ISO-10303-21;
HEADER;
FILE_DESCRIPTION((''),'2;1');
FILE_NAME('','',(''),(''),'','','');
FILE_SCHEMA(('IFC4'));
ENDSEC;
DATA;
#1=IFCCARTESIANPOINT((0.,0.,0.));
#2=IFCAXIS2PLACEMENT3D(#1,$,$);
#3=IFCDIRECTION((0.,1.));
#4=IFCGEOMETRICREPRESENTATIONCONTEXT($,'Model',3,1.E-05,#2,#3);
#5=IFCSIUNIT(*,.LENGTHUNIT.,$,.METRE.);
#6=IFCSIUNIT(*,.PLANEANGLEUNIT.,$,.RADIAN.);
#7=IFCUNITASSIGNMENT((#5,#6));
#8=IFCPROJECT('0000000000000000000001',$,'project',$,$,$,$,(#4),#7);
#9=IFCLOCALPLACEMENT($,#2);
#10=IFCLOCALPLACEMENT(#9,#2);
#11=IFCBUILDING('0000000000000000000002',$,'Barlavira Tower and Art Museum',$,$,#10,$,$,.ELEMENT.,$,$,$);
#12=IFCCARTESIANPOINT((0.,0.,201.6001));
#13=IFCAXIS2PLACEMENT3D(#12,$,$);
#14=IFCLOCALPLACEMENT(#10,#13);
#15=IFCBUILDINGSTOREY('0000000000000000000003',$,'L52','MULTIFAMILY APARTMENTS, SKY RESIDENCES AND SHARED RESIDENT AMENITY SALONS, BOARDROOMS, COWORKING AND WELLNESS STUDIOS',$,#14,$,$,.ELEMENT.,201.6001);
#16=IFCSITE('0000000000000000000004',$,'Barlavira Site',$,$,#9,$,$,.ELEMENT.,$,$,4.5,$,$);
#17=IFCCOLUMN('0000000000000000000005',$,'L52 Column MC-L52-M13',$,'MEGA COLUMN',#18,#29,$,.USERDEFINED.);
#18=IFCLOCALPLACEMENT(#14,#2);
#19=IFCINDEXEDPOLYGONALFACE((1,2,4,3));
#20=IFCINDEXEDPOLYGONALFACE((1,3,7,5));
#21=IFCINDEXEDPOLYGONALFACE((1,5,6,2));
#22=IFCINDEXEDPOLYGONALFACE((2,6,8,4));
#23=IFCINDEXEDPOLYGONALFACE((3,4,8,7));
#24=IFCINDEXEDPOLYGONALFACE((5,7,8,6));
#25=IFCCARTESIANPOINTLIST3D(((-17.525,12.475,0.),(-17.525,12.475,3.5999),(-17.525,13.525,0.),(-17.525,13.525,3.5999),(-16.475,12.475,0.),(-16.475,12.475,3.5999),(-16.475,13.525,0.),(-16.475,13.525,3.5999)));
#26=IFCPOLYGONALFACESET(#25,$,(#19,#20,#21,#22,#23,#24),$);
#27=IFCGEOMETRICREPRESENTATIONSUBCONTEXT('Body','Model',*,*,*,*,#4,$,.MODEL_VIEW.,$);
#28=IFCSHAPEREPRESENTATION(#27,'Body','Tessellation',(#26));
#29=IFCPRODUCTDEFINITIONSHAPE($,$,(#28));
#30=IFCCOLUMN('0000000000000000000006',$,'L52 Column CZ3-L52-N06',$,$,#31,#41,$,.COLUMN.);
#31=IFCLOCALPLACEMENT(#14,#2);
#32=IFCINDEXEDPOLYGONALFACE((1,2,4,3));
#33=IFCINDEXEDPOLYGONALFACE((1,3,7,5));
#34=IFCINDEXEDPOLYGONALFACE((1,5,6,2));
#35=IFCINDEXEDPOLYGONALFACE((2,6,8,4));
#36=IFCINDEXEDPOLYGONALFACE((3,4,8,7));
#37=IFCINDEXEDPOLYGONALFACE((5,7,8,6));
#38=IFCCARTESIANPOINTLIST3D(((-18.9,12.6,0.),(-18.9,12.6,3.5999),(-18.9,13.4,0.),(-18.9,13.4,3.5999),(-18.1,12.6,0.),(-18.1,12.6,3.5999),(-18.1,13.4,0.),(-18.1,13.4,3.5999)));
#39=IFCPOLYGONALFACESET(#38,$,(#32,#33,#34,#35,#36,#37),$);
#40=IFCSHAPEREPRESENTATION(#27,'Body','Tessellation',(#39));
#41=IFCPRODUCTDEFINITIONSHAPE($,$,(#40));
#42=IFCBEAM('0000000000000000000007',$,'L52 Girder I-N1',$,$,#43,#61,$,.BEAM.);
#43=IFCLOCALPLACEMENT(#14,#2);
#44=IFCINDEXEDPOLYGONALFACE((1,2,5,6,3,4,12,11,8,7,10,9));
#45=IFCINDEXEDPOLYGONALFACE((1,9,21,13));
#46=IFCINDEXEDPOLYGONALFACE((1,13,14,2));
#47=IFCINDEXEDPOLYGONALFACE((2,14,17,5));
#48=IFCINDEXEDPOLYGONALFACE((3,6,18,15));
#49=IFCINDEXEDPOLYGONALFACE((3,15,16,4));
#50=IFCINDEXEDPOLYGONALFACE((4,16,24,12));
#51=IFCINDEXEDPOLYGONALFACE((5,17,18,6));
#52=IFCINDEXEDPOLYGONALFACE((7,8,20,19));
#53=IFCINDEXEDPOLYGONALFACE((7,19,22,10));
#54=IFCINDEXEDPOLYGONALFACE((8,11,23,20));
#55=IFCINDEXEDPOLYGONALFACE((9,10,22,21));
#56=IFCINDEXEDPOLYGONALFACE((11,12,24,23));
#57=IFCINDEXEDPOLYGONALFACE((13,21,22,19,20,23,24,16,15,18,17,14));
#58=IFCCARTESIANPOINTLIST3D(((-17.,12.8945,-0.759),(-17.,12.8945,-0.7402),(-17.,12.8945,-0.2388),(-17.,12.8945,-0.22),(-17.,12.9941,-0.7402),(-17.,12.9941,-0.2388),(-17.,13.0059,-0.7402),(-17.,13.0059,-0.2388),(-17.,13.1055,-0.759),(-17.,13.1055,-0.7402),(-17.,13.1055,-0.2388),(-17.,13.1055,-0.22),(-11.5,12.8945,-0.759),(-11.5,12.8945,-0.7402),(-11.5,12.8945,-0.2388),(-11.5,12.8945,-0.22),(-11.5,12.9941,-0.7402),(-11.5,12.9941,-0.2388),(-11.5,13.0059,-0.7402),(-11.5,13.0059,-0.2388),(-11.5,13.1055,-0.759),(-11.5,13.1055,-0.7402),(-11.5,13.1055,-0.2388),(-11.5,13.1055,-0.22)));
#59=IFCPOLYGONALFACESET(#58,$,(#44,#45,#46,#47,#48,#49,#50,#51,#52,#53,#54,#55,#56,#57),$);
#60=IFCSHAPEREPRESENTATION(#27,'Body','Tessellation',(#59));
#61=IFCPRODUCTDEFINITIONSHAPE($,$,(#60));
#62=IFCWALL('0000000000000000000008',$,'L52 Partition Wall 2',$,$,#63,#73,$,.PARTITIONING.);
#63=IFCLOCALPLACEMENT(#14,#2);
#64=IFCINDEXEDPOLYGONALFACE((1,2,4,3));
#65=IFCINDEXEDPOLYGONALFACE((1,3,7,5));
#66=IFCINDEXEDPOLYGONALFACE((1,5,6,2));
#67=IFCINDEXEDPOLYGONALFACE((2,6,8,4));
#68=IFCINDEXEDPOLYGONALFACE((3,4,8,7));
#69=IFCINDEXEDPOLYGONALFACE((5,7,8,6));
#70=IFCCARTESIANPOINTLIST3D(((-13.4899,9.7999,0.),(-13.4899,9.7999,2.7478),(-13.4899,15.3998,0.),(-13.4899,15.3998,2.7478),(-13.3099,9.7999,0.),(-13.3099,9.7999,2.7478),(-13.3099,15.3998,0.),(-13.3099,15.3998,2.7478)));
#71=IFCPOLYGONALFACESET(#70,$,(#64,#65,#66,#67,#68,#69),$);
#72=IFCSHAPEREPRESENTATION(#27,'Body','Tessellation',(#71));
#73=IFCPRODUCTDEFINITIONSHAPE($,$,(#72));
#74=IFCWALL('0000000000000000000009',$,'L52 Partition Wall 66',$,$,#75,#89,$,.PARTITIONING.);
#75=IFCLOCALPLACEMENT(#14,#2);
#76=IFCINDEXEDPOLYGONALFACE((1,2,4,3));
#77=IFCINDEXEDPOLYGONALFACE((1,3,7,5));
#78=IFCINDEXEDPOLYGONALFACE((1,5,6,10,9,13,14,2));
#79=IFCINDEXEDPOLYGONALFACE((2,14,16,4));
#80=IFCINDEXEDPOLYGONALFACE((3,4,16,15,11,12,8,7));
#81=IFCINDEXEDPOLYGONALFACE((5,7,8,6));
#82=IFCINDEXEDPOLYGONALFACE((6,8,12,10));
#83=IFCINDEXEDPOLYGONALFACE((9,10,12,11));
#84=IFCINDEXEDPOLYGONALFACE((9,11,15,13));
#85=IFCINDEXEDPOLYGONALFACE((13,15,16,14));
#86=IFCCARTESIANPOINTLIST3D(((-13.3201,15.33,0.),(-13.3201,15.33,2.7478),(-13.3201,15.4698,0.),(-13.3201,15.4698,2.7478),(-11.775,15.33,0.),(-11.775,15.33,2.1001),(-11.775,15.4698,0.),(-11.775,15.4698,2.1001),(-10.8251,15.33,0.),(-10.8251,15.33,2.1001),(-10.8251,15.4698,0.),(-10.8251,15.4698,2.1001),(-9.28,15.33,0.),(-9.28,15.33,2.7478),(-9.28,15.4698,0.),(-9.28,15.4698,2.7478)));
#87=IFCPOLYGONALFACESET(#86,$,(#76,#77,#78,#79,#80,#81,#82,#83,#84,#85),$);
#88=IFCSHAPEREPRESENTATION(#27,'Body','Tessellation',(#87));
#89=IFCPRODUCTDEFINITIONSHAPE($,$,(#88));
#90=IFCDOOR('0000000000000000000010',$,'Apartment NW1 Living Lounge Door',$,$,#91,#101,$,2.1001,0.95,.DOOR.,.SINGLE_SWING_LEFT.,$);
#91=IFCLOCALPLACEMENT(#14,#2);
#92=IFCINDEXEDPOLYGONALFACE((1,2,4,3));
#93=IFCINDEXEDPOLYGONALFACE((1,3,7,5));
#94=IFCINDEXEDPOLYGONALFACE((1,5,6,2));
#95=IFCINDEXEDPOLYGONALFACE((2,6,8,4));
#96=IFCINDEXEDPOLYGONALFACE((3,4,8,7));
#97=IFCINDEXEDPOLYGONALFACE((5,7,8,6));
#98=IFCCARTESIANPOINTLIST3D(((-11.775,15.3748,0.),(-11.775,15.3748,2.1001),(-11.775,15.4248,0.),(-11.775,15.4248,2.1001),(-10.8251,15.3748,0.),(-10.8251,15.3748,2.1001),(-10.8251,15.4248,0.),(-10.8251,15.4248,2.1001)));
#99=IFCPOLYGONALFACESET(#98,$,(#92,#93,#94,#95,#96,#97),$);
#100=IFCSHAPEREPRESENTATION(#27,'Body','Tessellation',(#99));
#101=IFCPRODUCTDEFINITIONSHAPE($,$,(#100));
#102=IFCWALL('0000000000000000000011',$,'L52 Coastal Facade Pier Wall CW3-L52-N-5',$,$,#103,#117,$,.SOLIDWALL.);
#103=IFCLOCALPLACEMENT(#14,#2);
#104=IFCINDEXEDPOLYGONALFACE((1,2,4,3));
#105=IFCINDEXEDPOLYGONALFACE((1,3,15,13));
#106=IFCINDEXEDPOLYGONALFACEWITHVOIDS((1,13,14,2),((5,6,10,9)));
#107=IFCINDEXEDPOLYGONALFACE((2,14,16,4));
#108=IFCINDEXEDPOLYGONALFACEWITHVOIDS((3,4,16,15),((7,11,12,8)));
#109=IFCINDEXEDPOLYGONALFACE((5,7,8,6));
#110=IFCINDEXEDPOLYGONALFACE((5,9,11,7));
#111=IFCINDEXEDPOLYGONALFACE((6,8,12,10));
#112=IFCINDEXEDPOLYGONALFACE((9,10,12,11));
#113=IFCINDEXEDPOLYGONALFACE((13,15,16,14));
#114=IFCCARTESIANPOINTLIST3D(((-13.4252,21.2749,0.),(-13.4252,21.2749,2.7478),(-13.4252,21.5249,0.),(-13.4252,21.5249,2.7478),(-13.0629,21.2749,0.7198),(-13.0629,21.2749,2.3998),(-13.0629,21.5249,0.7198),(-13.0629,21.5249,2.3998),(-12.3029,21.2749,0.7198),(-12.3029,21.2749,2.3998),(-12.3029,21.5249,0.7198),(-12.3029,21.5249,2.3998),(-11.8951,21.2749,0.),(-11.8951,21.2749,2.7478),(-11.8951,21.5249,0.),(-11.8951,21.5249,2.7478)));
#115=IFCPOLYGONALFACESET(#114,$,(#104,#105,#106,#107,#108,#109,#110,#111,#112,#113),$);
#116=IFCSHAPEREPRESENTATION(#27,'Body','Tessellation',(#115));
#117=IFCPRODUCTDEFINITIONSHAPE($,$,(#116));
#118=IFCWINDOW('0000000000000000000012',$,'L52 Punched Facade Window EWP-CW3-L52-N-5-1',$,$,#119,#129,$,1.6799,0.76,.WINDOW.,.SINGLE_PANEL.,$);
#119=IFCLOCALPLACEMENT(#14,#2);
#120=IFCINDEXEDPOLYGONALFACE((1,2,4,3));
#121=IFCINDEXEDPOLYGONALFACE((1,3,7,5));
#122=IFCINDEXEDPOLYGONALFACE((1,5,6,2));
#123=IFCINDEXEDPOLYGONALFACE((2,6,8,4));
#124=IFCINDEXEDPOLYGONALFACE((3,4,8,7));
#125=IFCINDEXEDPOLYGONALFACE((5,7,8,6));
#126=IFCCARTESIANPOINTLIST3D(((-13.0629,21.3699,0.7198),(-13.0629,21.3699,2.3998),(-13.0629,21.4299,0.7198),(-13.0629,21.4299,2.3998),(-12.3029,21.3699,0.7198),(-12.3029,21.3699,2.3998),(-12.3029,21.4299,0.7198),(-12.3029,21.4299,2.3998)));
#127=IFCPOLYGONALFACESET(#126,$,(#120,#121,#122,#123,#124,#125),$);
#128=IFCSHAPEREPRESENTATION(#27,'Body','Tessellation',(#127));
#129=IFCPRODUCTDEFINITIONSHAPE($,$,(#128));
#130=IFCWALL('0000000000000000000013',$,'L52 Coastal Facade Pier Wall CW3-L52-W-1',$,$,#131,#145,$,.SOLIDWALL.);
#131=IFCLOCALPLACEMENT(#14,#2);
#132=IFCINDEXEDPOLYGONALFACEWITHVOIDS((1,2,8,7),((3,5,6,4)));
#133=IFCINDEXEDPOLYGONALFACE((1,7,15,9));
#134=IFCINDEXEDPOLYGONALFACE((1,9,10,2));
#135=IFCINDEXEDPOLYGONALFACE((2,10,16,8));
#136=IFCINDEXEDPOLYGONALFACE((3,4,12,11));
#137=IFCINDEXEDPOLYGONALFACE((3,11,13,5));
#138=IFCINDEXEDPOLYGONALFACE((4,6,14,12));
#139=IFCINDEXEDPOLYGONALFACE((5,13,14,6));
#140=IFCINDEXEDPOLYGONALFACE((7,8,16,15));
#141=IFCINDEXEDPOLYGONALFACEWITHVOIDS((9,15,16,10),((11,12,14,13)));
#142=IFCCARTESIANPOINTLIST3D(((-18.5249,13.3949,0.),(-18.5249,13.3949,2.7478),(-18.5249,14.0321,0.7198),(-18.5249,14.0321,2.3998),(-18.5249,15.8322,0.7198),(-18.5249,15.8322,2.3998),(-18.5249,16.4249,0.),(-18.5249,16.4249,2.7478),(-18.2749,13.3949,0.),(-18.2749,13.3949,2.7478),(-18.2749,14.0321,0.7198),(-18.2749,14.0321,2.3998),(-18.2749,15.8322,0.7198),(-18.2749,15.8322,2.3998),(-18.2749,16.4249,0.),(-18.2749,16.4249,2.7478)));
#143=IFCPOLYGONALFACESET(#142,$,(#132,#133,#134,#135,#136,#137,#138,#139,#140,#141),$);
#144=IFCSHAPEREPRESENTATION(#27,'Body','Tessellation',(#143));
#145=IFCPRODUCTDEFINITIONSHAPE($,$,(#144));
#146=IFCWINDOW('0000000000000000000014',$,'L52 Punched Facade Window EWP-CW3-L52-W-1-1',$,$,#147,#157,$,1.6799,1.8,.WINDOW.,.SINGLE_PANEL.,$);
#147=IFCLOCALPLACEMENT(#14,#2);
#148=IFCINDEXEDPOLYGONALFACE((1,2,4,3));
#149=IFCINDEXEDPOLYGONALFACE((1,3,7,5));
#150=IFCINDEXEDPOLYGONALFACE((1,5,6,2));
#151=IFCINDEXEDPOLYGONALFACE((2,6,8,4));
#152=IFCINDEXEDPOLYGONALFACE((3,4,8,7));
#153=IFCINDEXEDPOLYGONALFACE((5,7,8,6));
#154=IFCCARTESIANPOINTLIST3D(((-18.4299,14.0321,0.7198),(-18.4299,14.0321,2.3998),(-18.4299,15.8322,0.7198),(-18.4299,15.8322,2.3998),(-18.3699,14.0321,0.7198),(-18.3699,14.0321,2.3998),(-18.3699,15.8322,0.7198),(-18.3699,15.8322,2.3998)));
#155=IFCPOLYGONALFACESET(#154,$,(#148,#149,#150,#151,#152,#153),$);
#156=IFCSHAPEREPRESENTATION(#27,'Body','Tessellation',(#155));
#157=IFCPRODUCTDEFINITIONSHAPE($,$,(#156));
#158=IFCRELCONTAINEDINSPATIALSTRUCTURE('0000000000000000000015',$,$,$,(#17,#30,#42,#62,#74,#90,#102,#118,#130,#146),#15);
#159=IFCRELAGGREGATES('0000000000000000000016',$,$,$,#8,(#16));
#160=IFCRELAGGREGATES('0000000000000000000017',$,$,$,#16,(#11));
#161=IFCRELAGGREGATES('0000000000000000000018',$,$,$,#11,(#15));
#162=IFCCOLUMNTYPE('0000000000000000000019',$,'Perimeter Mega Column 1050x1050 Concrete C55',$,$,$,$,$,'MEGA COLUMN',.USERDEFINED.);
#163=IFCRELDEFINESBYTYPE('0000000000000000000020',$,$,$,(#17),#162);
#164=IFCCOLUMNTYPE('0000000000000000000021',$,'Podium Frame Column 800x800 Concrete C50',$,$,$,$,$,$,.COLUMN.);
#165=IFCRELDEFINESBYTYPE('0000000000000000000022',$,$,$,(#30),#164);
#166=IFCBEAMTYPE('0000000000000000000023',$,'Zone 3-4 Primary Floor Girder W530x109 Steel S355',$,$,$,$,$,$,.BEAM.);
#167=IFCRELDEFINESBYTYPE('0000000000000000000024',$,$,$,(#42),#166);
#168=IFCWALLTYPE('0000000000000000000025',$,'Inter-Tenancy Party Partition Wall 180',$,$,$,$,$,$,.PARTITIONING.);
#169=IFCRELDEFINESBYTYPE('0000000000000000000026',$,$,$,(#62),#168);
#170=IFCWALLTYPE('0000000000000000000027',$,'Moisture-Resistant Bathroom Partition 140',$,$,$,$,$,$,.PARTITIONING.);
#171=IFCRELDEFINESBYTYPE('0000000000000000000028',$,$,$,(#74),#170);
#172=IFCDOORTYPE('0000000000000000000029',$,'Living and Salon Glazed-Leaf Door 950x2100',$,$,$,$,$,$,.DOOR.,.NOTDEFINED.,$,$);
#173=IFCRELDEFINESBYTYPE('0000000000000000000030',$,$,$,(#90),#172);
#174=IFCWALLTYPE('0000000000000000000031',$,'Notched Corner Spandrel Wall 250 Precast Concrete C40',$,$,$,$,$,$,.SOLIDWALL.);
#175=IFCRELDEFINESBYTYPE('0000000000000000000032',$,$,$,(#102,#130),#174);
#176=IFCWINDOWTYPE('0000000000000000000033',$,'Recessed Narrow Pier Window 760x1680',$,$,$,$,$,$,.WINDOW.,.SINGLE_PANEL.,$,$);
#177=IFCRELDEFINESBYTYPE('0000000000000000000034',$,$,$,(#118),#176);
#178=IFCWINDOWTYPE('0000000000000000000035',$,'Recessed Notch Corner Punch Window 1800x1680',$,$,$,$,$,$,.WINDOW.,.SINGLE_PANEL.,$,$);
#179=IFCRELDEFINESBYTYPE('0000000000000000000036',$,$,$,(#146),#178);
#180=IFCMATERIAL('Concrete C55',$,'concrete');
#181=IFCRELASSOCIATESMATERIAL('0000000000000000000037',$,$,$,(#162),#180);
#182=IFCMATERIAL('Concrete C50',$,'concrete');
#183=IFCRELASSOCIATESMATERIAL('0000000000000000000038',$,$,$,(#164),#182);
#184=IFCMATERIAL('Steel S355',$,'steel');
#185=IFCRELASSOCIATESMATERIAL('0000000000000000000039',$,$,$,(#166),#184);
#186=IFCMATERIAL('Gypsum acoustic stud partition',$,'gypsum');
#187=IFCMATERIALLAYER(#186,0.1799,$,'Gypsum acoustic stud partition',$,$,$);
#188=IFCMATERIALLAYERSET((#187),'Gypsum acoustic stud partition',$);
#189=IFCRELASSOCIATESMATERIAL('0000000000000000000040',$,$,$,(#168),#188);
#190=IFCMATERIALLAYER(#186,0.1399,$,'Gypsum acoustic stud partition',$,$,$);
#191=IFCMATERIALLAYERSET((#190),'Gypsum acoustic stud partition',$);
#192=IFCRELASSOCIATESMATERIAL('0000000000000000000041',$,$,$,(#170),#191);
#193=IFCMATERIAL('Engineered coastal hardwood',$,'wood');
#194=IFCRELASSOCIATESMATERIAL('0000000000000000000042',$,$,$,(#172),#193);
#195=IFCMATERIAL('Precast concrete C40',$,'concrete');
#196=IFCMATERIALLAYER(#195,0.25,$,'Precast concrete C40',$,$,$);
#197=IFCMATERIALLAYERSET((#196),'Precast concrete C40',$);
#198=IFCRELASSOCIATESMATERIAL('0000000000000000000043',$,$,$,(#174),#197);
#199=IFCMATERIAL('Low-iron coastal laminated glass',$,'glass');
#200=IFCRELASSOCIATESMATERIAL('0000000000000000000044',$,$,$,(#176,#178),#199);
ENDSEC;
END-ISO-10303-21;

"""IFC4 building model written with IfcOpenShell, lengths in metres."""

from ifc_helpers import new_model, si_unit, direction, frame, frame_2d, origin, origin_2d, place, context, subcontext, project, spatial, rectangle, i_section, extrude, material, layer, layer_set, material_profile, profile_set, type_object, element, fill, save


model = new_model("IFC4")

# Units and contexts
model_context = context("Model", 3, precision=1e-05, world=origin(), true_north=direction((0.0, 1.0)))
body_context = subcontext(model_context, "Body", "Model", "MODEL_VIEW")
ifc_project = project(units=[si_unit("LENGTHUNIT", "METRE"), si_unit("PLANEANGLEUNIT", "RADIAN")], contexts=[model_context])

# Site, building, storey
site_placement = place(None, origin())
site = spatial("IfcSite", under=ifc_project, at=site_placement, Name="Barlavira Site", CompositionType="ELEMENT", RefElevation=4.5)
building_placement = place(site_placement, origin())
building = spatial("IfcBuilding", under=site, at=building_placement, Name="Barlavira Tower and Art Museum", CompositionType="ELEMENT")
storey_placement = place(building_placement, frame((0.0, 0.0, 201.6001)))
storey = spatial("IfcBuildingStorey", under=building, at=storey_placement, Name="L52", Description="MULTIFAMILY APARTMENTS, SKY RESIDENCES AND SHARED RESIDENT AMENITY SALONS, BOARDROOMS, COWORKING AND WELLNESS STUDIOS", CompositionType="ELEMENT", Elevation=201.6001)

# Columns
ifc_material_1 = material(Name="Concrete C55", Category="concrete")
ifc_material_profile_1 = material_profile(ifc_material_1, rectangle(XDim=1.05, YDim=1.05, at=origin_2d()), Name="RC-COL 1050x1050")
ifc_profile_set_1 = profile_set([ifc_material_profile_1], Name="Concrete C55")
column_type_1 = type_object("IfcColumnType", Name="Perimeter Mega Column 1050x1050 Concrete C55", ElementType="MEGA COLUMN", PredefinedType="USERDEFINED", material=ifc_profile_set_1)
column_1_placement = place(storey_placement, frame((-17.0, 13.0, 0.0), z_axis=(0.0, 0.0, 1.0), x_axis=(1.0, 0.0, 0.0)))
element("IfcColumn", 1, at=column_1_placement, inside=storey, type_object=column_type_1, Name="L52 Column MC-L52-M13", ObjectType="MEGA COLUMN", PredefinedType="USERDEFINED", context=body_context, shape_type="SweptSolid", body=[
    extrude(rectangle(XDim=1.05, YDim=1.05, at=origin_2d()), origin(), (0.0, 0.0, 1.0), 3.5999),
])
ifc_material_2 = material(Name="Concrete C50", Category="concrete")
ifc_material_profile_2 = material_profile(ifc_material_2, rectangle(XDim=0.8, YDim=0.8, at=origin_2d()), Name="RC-COL 800x800")
ifc_profile_set_2 = profile_set([ifc_material_profile_2], Name="Concrete C50")
column_type_2 = type_object("IfcColumnType", Name="Podium Frame Column 800x800 Concrete C50", PredefinedType="COLUMN", material=ifc_profile_set_2)
column_2_placement = place(storey_placement, frame((-18.5, 13.0, 0.0), z_axis=(0.0, 0.0, 1.0), x_axis=(1.0, 0.0, 0.0)))
element("IfcColumn", 2, at=column_2_placement, inside=storey, type_object=column_type_2, Name="L52 Column CZ3-L52-N06", PredefinedType="COLUMN", context=body_context, shape_type="SweptSolid", body=[
    extrude(rectangle(XDim=0.8, YDim=0.8, at=origin_2d()), origin(), (0.0, 0.0, 1.0), 3.5999),
])

# Beam
ifc_material_3 = material(Name="Steel S355", Category="steel")
ifc_material_profile_3 = material_profile(ifc_material_3, i_section(OverallWidth=0.2109, OverallDepth=0.5391, WebThickness=0.0117, FlangeThickness=0.0188, at=origin_2d()), Name="W530x109.0")
ifc_profile_set_3 = profile_set([ifc_material_profile_3], Name="Steel S355")
beam_type = type_object("IfcBeamType", Name="Zone 3-4 Primary Floor Girder W530x109 Steel S355", PredefinedType="BEAM", material=ifc_profile_set_3)
beam_placement = place(storey_placement, frame((-17.0, 13.0, -0.4895), z_axis=(1.0, 0.0, 0.0), x_axis=(0.0, 1.0, 0.0)))
element("IfcBeam", 3, at=beam_placement, inside=storey, type_object=beam_type, Name="L52 Girder I-N1", PredefinedType="BEAM", context=body_context, shape_type="SweptSolid", body=[
    extrude(i_section(OverallWidth=0.2109, OverallDepth=0.5391, WebThickness=0.0117, FlangeThickness=0.0188, at=origin_2d()), origin(), (0.0, 0.0, 1.0), 5.5),
])

# Wall
ifc_material_4 = material(Name="Gypsum acoustic stud partition", Category="gypsum")
ifc_layer_1 = layer(ifc_material_4, 0.1799, Name="Gypsum acoustic stud partition")
ifc_layer_set_1 = layer_set([ifc_layer_1], Name="Gypsum acoustic stud partition")
wall_type_1 = type_object("IfcWallType", Name="Inter-Tenancy Party Partition Wall 180", PredefinedType="PARTITIONING", material=ifc_layer_set_1)
wall_1_placement = place(storey_placement, frame((-13.3999, 9.8, 0.0), z_axis=(0.0, 0.0, 1.0), x_axis=(0.0, 1.0, 0.0)))
element("IfcWall", 4, at=wall_1_placement, inside=storey, type_object=wall_type_1, Name="L52 Partition Wall 2", PredefinedType="PARTITIONING", context=body_context, shape_type="SweptSolid", body=[
    extrude(rectangle(XDim=5.5999, YDim=0.1799, at=frame_2d((2.7998, 0.0))), origin(), (0.0, 0.0, 1.0), 2.7478),
])

# Wall, opening, door
ifc_layer_2 = layer(ifc_material_4, 0.1399, Name="Gypsum acoustic stud partition")
ifc_layer_set_2 = layer_set([ifc_layer_2], Name="Gypsum acoustic stud partition")
wall_type_2 = type_object("IfcWallType", Name="Moisture-Resistant Bathroom Partition 140", PredefinedType="PARTITIONING", material=ifc_layer_set_2)
wall_2_placement = place(storey_placement, frame((-13.3201, 15.3999, 0.0), z_axis=(0.0, 0.0, 1.0), x_axis=(1.0, 0.0, 0.0)))
wall_2 = element("IfcWall", 5, at=wall_2_placement, inside=storey, type_object=wall_type_2, Name="L52 Partition Wall 66", PredefinedType="PARTITIONING", context=body_context, shape_type="SweptSolid", body=[
    extrude(rectangle(XDim=4.04, YDim=0.1399, at=frame_2d((2.02, 0.0))), origin(), (0.0, 0.0, 1.0), 2.7478),
])
opening_1_placement = place(wall_2_placement, frame((1.5449, 0.0, 0.0)))
opening_1 = element("IfcOpeningElement", 6, at=opening_1_placement, cuts=wall_2, PredefinedType="OPENING", context=body_context, shape_type="SweptSolid", body=[
    extrude(rectangle(XDim=0.95, YDim=2.1001, at=frame_2d((0.4751, 1.05))), frame((0.0, 0.0801, 0.0), z_axis=(0.0, -1.0, 0.0), x_axis=(1.0, 0.0, 0.0)), (0.0, 0.0, 1.0), 0.1599),
])
ifc_material_5 = material(Name="Engineered coastal hardwood", Category="wood")
door_type_1 = type_object("IfcDoorType", Name="Living and Salon Glazed-Leaf Door 950x2100", OperationType="NOTDEFINED", PredefinedType="DOOR", material=ifc_material_5)
door_1_placement = place(opening_1_placement, origin())
door_1 = element("IfcDoor", 7, at=door_1_placement, inside=storey, type_object=door_type_1, Name="Apartment NW1 Living Lounge Door", OperationType="SINGLE_SWING_LEFT", OverallHeight=2.1001, OverallWidth=0.95, PredefinedType="DOOR", context=body_context, shape_type="SweptSolid", body=[
    extrude(rectangle(XDim=0.95, YDim=2.1001, at=frame_2d((0.4751, 1.05))), frame((0.0, 0.0249, 0.0), z_axis=(0.0, -1.0, 0.0), x_axis=(1.0, 0.0, 0.0)), (0.0, 0.0, 1.0), 0.05),
])
fill(opening_1, door_1)

# Walls, openings, windows
ifc_material_6 = material(Name="Precast concrete C40", Category="concrete")
ifc_layer_3 = layer(ifc_material_6, 0.25, Name="Precast concrete C40")
ifc_layer_set_3 = layer_set([ifc_layer_3], Name="Precast concrete C40")
wall_type_3 = type_object("IfcWallType", Name="Notched Corner Spandrel Wall 250 Precast Concrete C40", PredefinedType="SOLIDWALL", material=ifc_layer_set_3)
wall_3_placement = place(storey_placement, frame((-11.895, 21.3999, 0.0), z_axis=(0.0, 0.0, 1.0), x_axis=(-1.0, 0.0, 0.0)))
wall_3 = element("IfcWall", 8, at=wall_3_placement, inside=storey, type_object=wall_type_3, Name="L52 Coastal Facade Pier Wall CW3-L52-N-5", PredefinedType="SOLIDWALL", context=body_context, shape_type="SweptSolid", body=[
    extrude(rectangle(XDim=1.53, YDim=0.25, at=frame_2d((0.7651, 0.0))), origin(), (0.0, 0.0, 1.0), 2.7478),
])
opening_2_placement = place(wall_3_placement, frame((0.408, 0.0, 0.72)))
opening_2 = element("IfcOpeningElement", 9, at=opening_2_placement, cuts=wall_3, PredefinedType="OPENING", context=body_context, shape_type="SweptSolid", body=[
    extrude(rectangle(XDim=0.76, YDim=1.6799, at=frame_2d((0.3799, 0.8398))), frame((0.0, 0.135, 0.0), z_axis=(0.0, -1.0, 0.0), x_axis=(1.0, 0.0, 0.0)), (0.0, 0.0, 1.0), 0.27),
])
ifc_material_7 = material(Name="Low-iron coastal laminated glass", Category="glass")
window_type_1 = type_object("IfcWindowType", Name="Recessed Narrow Pier Window 760x1680", PartitioningType="SINGLE_PANEL", PredefinedType="WINDOW", material=ifc_material_7)
window_1_placement = place(opening_2_placement, origin())
window_1 = element("IfcWindow", 10, at=window_1_placement, inside=storey, type_object=window_type_1, Name="L52 Punched Facade Window EWP-CW3-L52-N-5-1", OverallHeight=1.6799, OverallWidth=0.76, PartitioningType="SINGLE_PANEL", PredefinedType="WINDOW", context=body_context, shape_type="SweptSolid", body=[
    extrude(rectangle(XDim=0.76, YDim=1.6799, at=frame_2d((0.3799, 0.8398))), frame((0.0, 0.03, 0.0), z_axis=(0.0, -1.0, 0.0), x_axis=(1.0, 0.0, 0.0)), (0.0, 0.0, 1.0), 0.0601),
])
fill(opening_2, window_1)
wall_4_placement = place(storey_placement, frame((-18.3999, 16.425, 0.0), z_axis=(0.0, 0.0, 1.0), x_axis=(0.0, -1.0, 0.0)))
wall_4 = element("IfcWall", 11, at=wall_4_placement, inside=storey, type_object=wall_type_3, Name="L52 Coastal Facade Pier Wall CW3-L52-W-1", PredefinedType="SOLIDWALL", context=body_context, shape_type="SweptSolid", body=[
    extrude(rectangle(XDim=3.03, YDim=0.25, at=frame_2d((1.5151, 0.0))), origin(), (0.0, 0.0, 1.0), 2.7478),
])
opening_3_placement = place(wall_4_placement, frame((0.593, 0.0, 0.72)))
opening_3 = element("IfcOpeningElement", 12, at=opening_3_placement, cuts=wall_4, PredefinedType="OPENING", context=body_context, shape_type="SweptSolid", body=[
    extrude(rectangle(XDim=1.8, YDim=1.6799, at=frame_2d((0.8999, 0.8398))), frame((0.0, 0.135, 0.0), z_axis=(0.0, -1.0, 0.0), x_axis=(1.0, 0.0, 0.0)), (0.0, 0.0, 1.0), 0.27),
])
window_type_2 = type_object("IfcWindowType", Name="Recessed Notch Corner Punch Window 1800x1680", PartitioningType="SINGLE_PANEL", PredefinedType="WINDOW", material=ifc_material_7)
window_2_placement = place(opening_3_placement, origin())
window_2 = element("IfcWindow", 13, at=window_2_placement, inside=storey, type_object=window_type_2, Name="L52 Punched Facade Window EWP-CW3-L52-W-1-1", OverallHeight=1.6799, OverallWidth=1.8, PartitioningType="SINGLE_PANEL", PredefinedType="WINDOW", context=body_context, shape_type="SweptSolid", body=[
    extrude(rectangle(XDim=1.8, YDim=1.6799, at=frame_2d((0.8999, 0.8398))), frame((0.0, 0.03, 0.0), z_axis=(0.0, -1.0, 0.0), x_axis=(1.0, 0.0, 0.0)), (0.0, 0.0, 1.0), 0.0601),
])
fill(opening_3, window_2)

save(model, "model.ifc")
